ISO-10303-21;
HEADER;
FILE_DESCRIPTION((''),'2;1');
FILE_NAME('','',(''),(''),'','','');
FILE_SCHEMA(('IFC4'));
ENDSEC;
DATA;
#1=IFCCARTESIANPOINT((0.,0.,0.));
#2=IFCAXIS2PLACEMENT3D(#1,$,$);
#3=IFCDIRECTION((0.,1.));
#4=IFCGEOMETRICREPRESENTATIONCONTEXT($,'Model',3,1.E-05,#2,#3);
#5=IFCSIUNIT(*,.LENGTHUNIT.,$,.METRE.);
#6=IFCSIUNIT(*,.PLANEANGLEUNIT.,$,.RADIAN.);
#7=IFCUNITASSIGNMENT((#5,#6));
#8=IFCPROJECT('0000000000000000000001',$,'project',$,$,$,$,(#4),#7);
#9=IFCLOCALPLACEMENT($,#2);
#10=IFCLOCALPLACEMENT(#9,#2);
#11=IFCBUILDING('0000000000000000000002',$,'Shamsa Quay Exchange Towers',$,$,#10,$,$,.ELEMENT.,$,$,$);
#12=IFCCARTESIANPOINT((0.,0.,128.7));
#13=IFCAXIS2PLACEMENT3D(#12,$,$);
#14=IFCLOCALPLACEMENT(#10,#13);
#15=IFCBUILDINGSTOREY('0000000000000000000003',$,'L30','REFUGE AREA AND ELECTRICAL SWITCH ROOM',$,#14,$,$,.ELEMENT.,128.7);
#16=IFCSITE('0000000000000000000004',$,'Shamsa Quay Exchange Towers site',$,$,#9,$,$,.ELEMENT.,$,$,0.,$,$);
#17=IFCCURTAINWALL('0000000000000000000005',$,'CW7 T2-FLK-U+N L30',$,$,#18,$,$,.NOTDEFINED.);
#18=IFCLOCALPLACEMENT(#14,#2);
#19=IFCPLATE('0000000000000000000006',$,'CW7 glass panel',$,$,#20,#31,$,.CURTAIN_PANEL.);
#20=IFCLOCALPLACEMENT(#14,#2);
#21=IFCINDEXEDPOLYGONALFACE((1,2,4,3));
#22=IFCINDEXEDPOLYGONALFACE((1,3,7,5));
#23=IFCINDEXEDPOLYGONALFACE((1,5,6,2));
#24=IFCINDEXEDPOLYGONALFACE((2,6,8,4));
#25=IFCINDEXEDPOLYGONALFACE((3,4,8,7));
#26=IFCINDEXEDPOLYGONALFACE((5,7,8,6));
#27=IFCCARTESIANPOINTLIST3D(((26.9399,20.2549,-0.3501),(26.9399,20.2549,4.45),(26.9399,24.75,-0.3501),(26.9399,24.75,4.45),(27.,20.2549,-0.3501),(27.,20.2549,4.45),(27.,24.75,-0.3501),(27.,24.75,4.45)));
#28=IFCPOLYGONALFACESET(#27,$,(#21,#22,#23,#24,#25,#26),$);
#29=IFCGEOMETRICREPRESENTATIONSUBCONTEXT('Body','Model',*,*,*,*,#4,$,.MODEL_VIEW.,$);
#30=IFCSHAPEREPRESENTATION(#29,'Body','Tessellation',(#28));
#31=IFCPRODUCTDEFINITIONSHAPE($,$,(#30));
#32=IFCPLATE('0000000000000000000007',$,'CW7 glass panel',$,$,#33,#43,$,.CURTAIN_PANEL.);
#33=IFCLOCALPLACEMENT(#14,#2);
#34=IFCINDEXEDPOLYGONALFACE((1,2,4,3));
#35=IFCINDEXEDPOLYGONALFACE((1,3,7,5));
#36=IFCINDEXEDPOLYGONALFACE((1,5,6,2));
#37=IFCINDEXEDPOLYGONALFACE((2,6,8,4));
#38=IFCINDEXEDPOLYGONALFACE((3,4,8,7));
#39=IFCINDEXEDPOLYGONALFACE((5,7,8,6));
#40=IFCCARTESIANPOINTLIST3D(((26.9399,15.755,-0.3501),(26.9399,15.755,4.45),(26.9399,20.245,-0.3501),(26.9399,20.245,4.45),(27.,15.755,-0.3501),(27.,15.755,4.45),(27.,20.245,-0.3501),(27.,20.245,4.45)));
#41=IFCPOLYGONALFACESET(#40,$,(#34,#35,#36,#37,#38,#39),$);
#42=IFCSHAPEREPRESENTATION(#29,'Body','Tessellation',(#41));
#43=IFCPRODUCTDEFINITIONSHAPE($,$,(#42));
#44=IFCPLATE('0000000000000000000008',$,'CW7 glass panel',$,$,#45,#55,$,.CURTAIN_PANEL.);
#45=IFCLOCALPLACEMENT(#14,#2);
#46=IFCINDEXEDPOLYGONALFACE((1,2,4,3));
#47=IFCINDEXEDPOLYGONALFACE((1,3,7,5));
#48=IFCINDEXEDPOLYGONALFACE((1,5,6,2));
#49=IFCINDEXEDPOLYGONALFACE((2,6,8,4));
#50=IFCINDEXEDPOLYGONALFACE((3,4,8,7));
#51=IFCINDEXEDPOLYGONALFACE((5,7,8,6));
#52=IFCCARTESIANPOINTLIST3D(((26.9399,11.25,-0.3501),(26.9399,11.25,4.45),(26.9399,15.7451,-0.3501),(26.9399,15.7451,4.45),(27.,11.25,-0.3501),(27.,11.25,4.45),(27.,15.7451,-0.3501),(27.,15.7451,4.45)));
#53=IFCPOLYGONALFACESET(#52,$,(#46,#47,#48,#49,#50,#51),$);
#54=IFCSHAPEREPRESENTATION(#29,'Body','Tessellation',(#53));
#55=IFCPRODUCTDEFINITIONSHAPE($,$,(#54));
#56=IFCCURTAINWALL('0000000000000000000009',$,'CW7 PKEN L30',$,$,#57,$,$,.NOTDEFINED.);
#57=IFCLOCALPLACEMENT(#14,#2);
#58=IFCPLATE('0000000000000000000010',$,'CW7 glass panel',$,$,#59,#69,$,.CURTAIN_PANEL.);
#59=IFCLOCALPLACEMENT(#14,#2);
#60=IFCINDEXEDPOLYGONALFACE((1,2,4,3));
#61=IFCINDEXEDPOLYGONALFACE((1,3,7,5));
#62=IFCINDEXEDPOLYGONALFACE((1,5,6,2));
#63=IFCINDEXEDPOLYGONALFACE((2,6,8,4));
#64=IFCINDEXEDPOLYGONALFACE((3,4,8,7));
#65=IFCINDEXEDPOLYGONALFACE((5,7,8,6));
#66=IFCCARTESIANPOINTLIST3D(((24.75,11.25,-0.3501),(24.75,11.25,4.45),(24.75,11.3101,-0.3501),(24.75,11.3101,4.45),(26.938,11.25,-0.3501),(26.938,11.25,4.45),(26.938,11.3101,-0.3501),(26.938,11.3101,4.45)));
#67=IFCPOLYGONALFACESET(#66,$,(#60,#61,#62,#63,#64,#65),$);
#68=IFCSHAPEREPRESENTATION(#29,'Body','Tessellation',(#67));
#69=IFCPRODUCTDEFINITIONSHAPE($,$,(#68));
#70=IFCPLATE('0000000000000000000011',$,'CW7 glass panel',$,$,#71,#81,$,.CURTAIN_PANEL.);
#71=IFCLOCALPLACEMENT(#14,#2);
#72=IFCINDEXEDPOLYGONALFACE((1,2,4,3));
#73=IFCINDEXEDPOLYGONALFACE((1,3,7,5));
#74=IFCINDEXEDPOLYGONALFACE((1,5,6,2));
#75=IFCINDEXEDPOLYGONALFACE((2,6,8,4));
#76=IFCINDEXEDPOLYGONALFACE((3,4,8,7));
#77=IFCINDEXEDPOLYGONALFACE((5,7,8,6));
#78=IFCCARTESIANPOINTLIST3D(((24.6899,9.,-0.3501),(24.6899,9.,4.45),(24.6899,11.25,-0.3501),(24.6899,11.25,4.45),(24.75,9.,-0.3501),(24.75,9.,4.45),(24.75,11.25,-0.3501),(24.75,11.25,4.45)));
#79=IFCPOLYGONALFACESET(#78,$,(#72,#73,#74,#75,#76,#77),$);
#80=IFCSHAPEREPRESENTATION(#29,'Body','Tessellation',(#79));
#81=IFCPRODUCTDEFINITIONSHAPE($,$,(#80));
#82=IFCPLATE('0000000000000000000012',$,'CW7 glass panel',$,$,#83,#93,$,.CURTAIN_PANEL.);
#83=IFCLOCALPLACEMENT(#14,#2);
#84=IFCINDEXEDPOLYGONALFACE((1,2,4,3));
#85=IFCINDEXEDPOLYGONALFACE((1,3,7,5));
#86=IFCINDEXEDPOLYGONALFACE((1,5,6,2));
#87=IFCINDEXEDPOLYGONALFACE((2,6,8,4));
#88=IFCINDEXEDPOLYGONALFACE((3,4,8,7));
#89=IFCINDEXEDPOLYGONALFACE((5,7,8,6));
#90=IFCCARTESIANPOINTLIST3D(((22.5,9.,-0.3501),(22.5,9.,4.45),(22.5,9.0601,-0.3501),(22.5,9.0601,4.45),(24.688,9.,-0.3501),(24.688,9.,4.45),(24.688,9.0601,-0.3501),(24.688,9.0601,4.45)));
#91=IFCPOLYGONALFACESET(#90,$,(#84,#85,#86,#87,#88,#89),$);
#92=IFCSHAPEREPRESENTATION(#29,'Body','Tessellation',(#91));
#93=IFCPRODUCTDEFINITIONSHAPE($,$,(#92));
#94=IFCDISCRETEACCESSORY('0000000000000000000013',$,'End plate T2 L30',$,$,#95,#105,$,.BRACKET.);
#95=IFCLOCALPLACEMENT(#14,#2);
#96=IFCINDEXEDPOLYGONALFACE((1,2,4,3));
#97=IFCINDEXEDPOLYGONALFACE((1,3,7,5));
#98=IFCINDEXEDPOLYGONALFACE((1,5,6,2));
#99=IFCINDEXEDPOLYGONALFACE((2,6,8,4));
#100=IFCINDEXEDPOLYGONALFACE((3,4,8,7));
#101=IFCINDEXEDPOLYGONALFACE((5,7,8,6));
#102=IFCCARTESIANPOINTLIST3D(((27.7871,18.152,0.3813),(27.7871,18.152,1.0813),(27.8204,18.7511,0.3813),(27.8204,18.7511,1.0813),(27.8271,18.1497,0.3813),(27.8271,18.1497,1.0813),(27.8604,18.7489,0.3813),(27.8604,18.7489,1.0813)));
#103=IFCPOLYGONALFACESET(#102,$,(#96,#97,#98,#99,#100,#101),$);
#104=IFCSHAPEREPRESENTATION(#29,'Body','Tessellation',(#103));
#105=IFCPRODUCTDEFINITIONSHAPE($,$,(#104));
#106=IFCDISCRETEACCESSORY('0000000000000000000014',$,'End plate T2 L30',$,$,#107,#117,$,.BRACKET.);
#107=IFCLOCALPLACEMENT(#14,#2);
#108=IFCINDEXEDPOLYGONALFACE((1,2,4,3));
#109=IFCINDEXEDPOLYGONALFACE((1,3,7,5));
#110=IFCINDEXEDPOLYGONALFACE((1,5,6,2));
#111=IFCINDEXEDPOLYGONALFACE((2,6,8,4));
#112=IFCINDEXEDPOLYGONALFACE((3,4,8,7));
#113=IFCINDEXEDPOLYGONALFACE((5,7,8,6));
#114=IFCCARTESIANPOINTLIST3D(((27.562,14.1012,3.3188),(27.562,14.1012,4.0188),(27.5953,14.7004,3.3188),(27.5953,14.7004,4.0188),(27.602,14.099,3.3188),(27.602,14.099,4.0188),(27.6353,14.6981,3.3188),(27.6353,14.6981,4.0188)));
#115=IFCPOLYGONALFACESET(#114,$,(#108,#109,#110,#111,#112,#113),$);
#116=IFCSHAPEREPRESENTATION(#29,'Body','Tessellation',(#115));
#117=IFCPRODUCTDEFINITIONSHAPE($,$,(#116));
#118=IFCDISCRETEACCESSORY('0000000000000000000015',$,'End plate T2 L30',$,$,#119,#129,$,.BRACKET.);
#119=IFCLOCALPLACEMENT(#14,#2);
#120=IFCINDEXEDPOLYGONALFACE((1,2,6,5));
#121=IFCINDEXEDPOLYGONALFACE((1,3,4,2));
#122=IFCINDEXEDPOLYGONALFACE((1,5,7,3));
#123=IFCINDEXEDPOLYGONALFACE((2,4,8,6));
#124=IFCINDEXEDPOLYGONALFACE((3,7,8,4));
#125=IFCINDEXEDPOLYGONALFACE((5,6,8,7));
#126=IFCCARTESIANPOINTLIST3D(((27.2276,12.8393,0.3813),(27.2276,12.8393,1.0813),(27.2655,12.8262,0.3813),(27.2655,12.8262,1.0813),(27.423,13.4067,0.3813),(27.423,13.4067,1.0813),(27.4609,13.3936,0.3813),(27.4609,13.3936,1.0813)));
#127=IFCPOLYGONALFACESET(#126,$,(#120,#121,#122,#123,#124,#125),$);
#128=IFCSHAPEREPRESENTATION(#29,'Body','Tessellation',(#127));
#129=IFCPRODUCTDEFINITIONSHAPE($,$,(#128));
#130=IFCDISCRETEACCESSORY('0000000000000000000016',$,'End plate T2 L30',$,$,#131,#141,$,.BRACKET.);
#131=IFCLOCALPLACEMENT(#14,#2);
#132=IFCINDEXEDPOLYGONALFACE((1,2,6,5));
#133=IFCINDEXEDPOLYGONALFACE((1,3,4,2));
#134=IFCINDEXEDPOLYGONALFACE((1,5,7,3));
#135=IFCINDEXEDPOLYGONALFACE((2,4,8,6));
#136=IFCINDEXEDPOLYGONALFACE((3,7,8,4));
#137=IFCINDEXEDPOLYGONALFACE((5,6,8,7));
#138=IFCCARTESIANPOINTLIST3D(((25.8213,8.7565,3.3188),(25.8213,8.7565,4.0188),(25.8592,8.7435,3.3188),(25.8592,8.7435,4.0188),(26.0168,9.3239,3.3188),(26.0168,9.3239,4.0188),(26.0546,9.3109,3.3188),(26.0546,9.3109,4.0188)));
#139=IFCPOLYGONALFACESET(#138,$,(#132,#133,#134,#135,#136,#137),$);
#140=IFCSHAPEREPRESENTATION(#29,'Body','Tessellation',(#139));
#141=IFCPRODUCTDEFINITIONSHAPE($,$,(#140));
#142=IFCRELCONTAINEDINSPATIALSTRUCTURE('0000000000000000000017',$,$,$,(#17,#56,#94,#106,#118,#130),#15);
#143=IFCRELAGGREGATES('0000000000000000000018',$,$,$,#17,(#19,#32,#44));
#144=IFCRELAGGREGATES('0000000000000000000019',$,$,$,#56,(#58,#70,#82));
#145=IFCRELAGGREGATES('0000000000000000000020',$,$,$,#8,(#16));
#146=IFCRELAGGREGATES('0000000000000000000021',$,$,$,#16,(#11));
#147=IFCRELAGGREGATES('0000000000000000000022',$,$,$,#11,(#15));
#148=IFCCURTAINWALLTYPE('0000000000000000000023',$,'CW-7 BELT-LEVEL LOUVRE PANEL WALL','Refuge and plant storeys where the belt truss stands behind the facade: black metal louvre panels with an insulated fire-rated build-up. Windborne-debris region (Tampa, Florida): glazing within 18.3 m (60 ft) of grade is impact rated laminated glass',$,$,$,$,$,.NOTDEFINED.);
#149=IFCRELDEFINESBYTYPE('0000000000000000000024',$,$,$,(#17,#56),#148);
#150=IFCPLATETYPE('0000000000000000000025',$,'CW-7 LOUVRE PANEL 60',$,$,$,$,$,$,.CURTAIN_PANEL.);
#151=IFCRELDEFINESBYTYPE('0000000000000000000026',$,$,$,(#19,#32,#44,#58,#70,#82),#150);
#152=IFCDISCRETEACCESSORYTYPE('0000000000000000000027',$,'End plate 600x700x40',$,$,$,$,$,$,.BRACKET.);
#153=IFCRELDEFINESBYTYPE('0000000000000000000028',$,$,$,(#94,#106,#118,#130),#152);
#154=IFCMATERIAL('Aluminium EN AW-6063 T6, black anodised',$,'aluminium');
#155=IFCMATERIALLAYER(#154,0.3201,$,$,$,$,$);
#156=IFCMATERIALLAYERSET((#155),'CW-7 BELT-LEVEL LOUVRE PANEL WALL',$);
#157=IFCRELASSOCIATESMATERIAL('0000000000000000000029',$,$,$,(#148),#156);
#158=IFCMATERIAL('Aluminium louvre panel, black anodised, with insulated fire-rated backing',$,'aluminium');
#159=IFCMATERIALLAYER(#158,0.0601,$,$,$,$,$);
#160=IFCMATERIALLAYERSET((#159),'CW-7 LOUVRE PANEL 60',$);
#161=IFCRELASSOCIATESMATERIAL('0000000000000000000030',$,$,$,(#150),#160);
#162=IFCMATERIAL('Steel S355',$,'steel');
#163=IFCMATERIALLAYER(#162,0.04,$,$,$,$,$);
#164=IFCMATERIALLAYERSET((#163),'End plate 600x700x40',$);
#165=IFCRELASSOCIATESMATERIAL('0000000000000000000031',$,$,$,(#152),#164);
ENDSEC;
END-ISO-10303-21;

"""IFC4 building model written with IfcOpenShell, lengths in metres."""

from ifc_helpers import new_model, si_unit, direction, frame, origin, origin_2d, place, context, subcontext, project, spatial, rectangle, extrude, material, layer, layer_set, type_object, element, aggregate, save


model = new_model("IFC4")

# Units and contexts
model_context = context("Model", 3, precision=1e-05, world=origin(), true_north=direction((0.0, 1.0)))
body_context = subcontext(model_context, "Body", "Model", "MODEL_VIEW")
ifc_project = project(units=[si_unit("LENGTHUNIT", "METRE"), si_unit("PLANEANGLEUNIT", "RADIAN")], contexts=[model_context])

# Site, building, storey
site_placement = place(None, origin())
site = spatial("IfcSite", under=ifc_project, at=site_placement, Name="Shamsa Quay Exchange Towers site", CompositionType="ELEMENT", RefElevation=0.0)
building_placement = place(site_placement, origin())
building = spatial("IfcBuilding", under=site, at=building_placement, Name="Shamsa Quay Exchange Towers", CompositionType="ELEMENT")
storey_placement = place(building_placement, frame((0.0, 0.0, 128.7)))
storey = spatial("IfcBuildingStorey", under=building, at=storey_placement, Name="L30", Description="REFUGE AREA AND ELECTRICAL SWITCH ROOM", CompositionType="ELEMENT", Elevation=128.7)

# Shared definitions
ifc_material_1 = material(Name="Steel S355", Category="steel")

# Curtain walls, plates
ifc_material_2 = material(Name="Aluminium EN AW-6063 T6, black anodised", Category="aluminium")
ifc_layer_1 = layer(ifc_material_2, 0.3201)
ifc_layer_set_1 = layer_set([ifc_layer_1], Name="CW-7 BELT-LEVEL LOUVRE PANEL WALL")
curtain_wall_type = type_object("IfcCurtainWallType", Name="CW-7 BELT-LEVEL LOUVRE PANEL WALL", Description="Refuge and plant storeys where the belt truss stands behind the facade: black metal louvre panels with an insulated fire-rated build-up. Windborne-debris region (Tampa, Florida): glazing within 18.3 m (60 ft) of grade is impact rated laminated glass", PredefinedType="NOTDEFINED", material=ifc_layer_set_1)
curtain_wall_1_placement = place(storey_placement, origin())
curtain_wall_1 = element("IfcCurtainWall", 1, at=curtain_wall_1_placement, inside=storey, type_object=curtain_wall_type, Name="CW7 T2-FLK-U+N L30", PredefinedType="NOTDEFINED")
ifc_material_3 = material(Name="Aluminium louvre panel, black anodised, with insulated fire-rated backing", Category="aluminium")
ifc_layer_2 = layer(ifc_material_3, 0.0601)
ifc_layer_set_2 = layer_set([ifc_layer_2], Name="CW-7 LOUVRE PANEL 60")
plate_type = type_object("IfcPlateType", Name="CW-7 LOUVRE PANEL 60", PredefinedType="CURTAIN_PANEL", material=ifc_layer_set_2)
plate_1_placement = place(storey_placement, frame((26.97, 22.5024, -0.3501), z_axis=(0.0, 0.0, 1.0), x_axis=(0.0, -1.0, 0.0)))
plate_1 = element("IfcPlate", 2, at=plate_1_placement, type_object=plate_type, Name="CW7 glass panel", PredefinedType="CURTAIN_PANEL", context=body_context, shape_type="SweptSolid", body=[
    extrude(rectangle(XDim=4.4951, YDim=0.0601, at=origin_2d()), origin(), (0.0, 0.0, 1.0), 4.8),
])
plate_2_placement = place(storey_placement, frame((26.97, 18.0, -0.3501), z_axis=(0.0, 0.0, 1.0), x_axis=(0.0, -1.0, 0.0)))
plate_2 = element("IfcPlate", 3, at=plate_2_placement, type_object=plate_type, Name="CW7 glass panel", PredefinedType="CURTAIN_PANEL", context=body_context, shape_type="SweptSolid", body=[
    extrude(rectangle(XDim=4.49, YDim=0.0601, at=origin_2d()), origin(), (0.0, 0.0, 1.0), 4.8),
])
plate_3_placement = place(storey_placement, frame((26.97, 13.4976, -0.3501), z_axis=(0.0, 0.0, 1.0), x_axis=(0.0, -1.0, 0.0)))
plate_3 = element("IfcPlate", 4, at=plate_3_placement, type_object=plate_type, Name="CW7 glass panel", PredefinedType="CURTAIN_PANEL", context=body_context, shape_type="SweptSolid", body=[
    extrude(rectangle(XDim=4.4951, YDim=0.0601, at=origin_2d()), origin(), (0.0, 0.0, 1.0), 4.8),
])
aggregate(curtain_wall_1, [plate_1, plate_2, plate_3])
curtain_wall_2_placement = place(storey_placement, origin())
curtain_wall_2 = element("IfcCurtainWall", 5, at=curtain_wall_2_placement, inside=storey, type_object=curtain_wall_type, Name="CW7 PKEN L30", PredefinedType="NOTDEFINED")
plate_4_placement = place(storey_placement, frame((25.844, 11.28, -0.3501), z_axis=(0.0, 0.0, 1.0), x_axis=(-1.0, 0.0, 0.0)))
plate_4 = element("IfcPlate", 6, at=plate_4_placement, type_object=plate_type, Name="CW7 glass panel", PredefinedType="CURTAIN_PANEL", context=body_context, shape_type="SweptSolid", body=[
    extrude(rectangle(XDim=2.188, YDim=0.0601, at=origin_2d()), origin(), (0.0, 0.0, 1.0), 4.8),
])
plate_5_placement = place(storey_placement, frame((24.72, 10.125, -0.3501), z_axis=(0.0, 0.0, 1.0), x_axis=(0.0, -1.0, 0.0)))
plate_5 = element("IfcPlate", 7, at=plate_5_placement, type_object=plate_type, Name="CW7 glass panel", PredefinedType="CURTAIN_PANEL", context=body_context, shape_type="SweptSolid", body=[
    extrude(rectangle(XDim=2.25, YDim=0.0601, at=origin_2d()), origin(), (0.0, 0.0, 1.0), 4.8),
])
plate_6_placement = place(storey_placement, frame((23.594, 9.03, -0.3501), z_axis=(0.0, 0.0, 1.0), x_axis=(-1.0, 0.0, 0.0)))
plate_6 = element("IfcPlate", 8, at=plate_6_placement, type_object=plate_type, Name="CW7 glass panel", PredefinedType="CURTAIN_PANEL", context=body_context, shape_type="SweptSolid", body=[
    extrude(rectangle(XDim=2.188, YDim=0.0601, at=origin_2d()), origin(), (0.0, 0.0, 1.0), 4.8),
])
aggregate(curtain_wall_2, [plate_4, plate_5, plate_6])

# Discrete accessories
ifc_layer_3 = layer(ifc_material_1, 0.04)
ifc_layer_set_3 = layer_set([ifc_layer_3], Name="End plate 600x700x40")
discrete_accessory_type = type_object("IfcDiscreteAccessoryType", Name="End plate 600x700x40", PredefinedType="BRACKET", material=ifc_layer_set_3)
for number, where, z_axis, x_axis, name in (
    (9, (27.8237, 18.4504, 0.3813), (0.0, 0.0, 1.0), (-0.05547, -0.99846, 0.0), "End plate T2 L30"),
    (10, (27.5986, 14.3997, 3.3188), (0.0, 0.0, 1.0), (-0.05547, -0.99846, 0.0), "End plate T2 L30"),
    (11, (27.3442, 13.1165, 0.3813), (0.0, 0.0, 1.0), (-0.325667, -0.945485, 0.0), "End plate T2 L30"),
    (12, (25.938, 9.0337, 3.3188), (0.0, 0.0, 1.0), (-0.325667, -0.945485, 0.0), "End plate T2 L30"),
):
    element("IfcDiscreteAccessory", number, at=place(storey_placement, frame(where, z_axis=z_axis, x_axis=x_axis)), inside=storey, type_object=discrete_accessory_type, Name=name, PredefinedType="BRACKET", context=body_context, shape_type="SweptSolid", body=[
        extrude(rectangle(XDim=0.6001, YDim=0.04, at=origin_2d()), origin(), (0.0, 0.0, 1.0), 0.7),
    ])

save(model, "model.ifc")
